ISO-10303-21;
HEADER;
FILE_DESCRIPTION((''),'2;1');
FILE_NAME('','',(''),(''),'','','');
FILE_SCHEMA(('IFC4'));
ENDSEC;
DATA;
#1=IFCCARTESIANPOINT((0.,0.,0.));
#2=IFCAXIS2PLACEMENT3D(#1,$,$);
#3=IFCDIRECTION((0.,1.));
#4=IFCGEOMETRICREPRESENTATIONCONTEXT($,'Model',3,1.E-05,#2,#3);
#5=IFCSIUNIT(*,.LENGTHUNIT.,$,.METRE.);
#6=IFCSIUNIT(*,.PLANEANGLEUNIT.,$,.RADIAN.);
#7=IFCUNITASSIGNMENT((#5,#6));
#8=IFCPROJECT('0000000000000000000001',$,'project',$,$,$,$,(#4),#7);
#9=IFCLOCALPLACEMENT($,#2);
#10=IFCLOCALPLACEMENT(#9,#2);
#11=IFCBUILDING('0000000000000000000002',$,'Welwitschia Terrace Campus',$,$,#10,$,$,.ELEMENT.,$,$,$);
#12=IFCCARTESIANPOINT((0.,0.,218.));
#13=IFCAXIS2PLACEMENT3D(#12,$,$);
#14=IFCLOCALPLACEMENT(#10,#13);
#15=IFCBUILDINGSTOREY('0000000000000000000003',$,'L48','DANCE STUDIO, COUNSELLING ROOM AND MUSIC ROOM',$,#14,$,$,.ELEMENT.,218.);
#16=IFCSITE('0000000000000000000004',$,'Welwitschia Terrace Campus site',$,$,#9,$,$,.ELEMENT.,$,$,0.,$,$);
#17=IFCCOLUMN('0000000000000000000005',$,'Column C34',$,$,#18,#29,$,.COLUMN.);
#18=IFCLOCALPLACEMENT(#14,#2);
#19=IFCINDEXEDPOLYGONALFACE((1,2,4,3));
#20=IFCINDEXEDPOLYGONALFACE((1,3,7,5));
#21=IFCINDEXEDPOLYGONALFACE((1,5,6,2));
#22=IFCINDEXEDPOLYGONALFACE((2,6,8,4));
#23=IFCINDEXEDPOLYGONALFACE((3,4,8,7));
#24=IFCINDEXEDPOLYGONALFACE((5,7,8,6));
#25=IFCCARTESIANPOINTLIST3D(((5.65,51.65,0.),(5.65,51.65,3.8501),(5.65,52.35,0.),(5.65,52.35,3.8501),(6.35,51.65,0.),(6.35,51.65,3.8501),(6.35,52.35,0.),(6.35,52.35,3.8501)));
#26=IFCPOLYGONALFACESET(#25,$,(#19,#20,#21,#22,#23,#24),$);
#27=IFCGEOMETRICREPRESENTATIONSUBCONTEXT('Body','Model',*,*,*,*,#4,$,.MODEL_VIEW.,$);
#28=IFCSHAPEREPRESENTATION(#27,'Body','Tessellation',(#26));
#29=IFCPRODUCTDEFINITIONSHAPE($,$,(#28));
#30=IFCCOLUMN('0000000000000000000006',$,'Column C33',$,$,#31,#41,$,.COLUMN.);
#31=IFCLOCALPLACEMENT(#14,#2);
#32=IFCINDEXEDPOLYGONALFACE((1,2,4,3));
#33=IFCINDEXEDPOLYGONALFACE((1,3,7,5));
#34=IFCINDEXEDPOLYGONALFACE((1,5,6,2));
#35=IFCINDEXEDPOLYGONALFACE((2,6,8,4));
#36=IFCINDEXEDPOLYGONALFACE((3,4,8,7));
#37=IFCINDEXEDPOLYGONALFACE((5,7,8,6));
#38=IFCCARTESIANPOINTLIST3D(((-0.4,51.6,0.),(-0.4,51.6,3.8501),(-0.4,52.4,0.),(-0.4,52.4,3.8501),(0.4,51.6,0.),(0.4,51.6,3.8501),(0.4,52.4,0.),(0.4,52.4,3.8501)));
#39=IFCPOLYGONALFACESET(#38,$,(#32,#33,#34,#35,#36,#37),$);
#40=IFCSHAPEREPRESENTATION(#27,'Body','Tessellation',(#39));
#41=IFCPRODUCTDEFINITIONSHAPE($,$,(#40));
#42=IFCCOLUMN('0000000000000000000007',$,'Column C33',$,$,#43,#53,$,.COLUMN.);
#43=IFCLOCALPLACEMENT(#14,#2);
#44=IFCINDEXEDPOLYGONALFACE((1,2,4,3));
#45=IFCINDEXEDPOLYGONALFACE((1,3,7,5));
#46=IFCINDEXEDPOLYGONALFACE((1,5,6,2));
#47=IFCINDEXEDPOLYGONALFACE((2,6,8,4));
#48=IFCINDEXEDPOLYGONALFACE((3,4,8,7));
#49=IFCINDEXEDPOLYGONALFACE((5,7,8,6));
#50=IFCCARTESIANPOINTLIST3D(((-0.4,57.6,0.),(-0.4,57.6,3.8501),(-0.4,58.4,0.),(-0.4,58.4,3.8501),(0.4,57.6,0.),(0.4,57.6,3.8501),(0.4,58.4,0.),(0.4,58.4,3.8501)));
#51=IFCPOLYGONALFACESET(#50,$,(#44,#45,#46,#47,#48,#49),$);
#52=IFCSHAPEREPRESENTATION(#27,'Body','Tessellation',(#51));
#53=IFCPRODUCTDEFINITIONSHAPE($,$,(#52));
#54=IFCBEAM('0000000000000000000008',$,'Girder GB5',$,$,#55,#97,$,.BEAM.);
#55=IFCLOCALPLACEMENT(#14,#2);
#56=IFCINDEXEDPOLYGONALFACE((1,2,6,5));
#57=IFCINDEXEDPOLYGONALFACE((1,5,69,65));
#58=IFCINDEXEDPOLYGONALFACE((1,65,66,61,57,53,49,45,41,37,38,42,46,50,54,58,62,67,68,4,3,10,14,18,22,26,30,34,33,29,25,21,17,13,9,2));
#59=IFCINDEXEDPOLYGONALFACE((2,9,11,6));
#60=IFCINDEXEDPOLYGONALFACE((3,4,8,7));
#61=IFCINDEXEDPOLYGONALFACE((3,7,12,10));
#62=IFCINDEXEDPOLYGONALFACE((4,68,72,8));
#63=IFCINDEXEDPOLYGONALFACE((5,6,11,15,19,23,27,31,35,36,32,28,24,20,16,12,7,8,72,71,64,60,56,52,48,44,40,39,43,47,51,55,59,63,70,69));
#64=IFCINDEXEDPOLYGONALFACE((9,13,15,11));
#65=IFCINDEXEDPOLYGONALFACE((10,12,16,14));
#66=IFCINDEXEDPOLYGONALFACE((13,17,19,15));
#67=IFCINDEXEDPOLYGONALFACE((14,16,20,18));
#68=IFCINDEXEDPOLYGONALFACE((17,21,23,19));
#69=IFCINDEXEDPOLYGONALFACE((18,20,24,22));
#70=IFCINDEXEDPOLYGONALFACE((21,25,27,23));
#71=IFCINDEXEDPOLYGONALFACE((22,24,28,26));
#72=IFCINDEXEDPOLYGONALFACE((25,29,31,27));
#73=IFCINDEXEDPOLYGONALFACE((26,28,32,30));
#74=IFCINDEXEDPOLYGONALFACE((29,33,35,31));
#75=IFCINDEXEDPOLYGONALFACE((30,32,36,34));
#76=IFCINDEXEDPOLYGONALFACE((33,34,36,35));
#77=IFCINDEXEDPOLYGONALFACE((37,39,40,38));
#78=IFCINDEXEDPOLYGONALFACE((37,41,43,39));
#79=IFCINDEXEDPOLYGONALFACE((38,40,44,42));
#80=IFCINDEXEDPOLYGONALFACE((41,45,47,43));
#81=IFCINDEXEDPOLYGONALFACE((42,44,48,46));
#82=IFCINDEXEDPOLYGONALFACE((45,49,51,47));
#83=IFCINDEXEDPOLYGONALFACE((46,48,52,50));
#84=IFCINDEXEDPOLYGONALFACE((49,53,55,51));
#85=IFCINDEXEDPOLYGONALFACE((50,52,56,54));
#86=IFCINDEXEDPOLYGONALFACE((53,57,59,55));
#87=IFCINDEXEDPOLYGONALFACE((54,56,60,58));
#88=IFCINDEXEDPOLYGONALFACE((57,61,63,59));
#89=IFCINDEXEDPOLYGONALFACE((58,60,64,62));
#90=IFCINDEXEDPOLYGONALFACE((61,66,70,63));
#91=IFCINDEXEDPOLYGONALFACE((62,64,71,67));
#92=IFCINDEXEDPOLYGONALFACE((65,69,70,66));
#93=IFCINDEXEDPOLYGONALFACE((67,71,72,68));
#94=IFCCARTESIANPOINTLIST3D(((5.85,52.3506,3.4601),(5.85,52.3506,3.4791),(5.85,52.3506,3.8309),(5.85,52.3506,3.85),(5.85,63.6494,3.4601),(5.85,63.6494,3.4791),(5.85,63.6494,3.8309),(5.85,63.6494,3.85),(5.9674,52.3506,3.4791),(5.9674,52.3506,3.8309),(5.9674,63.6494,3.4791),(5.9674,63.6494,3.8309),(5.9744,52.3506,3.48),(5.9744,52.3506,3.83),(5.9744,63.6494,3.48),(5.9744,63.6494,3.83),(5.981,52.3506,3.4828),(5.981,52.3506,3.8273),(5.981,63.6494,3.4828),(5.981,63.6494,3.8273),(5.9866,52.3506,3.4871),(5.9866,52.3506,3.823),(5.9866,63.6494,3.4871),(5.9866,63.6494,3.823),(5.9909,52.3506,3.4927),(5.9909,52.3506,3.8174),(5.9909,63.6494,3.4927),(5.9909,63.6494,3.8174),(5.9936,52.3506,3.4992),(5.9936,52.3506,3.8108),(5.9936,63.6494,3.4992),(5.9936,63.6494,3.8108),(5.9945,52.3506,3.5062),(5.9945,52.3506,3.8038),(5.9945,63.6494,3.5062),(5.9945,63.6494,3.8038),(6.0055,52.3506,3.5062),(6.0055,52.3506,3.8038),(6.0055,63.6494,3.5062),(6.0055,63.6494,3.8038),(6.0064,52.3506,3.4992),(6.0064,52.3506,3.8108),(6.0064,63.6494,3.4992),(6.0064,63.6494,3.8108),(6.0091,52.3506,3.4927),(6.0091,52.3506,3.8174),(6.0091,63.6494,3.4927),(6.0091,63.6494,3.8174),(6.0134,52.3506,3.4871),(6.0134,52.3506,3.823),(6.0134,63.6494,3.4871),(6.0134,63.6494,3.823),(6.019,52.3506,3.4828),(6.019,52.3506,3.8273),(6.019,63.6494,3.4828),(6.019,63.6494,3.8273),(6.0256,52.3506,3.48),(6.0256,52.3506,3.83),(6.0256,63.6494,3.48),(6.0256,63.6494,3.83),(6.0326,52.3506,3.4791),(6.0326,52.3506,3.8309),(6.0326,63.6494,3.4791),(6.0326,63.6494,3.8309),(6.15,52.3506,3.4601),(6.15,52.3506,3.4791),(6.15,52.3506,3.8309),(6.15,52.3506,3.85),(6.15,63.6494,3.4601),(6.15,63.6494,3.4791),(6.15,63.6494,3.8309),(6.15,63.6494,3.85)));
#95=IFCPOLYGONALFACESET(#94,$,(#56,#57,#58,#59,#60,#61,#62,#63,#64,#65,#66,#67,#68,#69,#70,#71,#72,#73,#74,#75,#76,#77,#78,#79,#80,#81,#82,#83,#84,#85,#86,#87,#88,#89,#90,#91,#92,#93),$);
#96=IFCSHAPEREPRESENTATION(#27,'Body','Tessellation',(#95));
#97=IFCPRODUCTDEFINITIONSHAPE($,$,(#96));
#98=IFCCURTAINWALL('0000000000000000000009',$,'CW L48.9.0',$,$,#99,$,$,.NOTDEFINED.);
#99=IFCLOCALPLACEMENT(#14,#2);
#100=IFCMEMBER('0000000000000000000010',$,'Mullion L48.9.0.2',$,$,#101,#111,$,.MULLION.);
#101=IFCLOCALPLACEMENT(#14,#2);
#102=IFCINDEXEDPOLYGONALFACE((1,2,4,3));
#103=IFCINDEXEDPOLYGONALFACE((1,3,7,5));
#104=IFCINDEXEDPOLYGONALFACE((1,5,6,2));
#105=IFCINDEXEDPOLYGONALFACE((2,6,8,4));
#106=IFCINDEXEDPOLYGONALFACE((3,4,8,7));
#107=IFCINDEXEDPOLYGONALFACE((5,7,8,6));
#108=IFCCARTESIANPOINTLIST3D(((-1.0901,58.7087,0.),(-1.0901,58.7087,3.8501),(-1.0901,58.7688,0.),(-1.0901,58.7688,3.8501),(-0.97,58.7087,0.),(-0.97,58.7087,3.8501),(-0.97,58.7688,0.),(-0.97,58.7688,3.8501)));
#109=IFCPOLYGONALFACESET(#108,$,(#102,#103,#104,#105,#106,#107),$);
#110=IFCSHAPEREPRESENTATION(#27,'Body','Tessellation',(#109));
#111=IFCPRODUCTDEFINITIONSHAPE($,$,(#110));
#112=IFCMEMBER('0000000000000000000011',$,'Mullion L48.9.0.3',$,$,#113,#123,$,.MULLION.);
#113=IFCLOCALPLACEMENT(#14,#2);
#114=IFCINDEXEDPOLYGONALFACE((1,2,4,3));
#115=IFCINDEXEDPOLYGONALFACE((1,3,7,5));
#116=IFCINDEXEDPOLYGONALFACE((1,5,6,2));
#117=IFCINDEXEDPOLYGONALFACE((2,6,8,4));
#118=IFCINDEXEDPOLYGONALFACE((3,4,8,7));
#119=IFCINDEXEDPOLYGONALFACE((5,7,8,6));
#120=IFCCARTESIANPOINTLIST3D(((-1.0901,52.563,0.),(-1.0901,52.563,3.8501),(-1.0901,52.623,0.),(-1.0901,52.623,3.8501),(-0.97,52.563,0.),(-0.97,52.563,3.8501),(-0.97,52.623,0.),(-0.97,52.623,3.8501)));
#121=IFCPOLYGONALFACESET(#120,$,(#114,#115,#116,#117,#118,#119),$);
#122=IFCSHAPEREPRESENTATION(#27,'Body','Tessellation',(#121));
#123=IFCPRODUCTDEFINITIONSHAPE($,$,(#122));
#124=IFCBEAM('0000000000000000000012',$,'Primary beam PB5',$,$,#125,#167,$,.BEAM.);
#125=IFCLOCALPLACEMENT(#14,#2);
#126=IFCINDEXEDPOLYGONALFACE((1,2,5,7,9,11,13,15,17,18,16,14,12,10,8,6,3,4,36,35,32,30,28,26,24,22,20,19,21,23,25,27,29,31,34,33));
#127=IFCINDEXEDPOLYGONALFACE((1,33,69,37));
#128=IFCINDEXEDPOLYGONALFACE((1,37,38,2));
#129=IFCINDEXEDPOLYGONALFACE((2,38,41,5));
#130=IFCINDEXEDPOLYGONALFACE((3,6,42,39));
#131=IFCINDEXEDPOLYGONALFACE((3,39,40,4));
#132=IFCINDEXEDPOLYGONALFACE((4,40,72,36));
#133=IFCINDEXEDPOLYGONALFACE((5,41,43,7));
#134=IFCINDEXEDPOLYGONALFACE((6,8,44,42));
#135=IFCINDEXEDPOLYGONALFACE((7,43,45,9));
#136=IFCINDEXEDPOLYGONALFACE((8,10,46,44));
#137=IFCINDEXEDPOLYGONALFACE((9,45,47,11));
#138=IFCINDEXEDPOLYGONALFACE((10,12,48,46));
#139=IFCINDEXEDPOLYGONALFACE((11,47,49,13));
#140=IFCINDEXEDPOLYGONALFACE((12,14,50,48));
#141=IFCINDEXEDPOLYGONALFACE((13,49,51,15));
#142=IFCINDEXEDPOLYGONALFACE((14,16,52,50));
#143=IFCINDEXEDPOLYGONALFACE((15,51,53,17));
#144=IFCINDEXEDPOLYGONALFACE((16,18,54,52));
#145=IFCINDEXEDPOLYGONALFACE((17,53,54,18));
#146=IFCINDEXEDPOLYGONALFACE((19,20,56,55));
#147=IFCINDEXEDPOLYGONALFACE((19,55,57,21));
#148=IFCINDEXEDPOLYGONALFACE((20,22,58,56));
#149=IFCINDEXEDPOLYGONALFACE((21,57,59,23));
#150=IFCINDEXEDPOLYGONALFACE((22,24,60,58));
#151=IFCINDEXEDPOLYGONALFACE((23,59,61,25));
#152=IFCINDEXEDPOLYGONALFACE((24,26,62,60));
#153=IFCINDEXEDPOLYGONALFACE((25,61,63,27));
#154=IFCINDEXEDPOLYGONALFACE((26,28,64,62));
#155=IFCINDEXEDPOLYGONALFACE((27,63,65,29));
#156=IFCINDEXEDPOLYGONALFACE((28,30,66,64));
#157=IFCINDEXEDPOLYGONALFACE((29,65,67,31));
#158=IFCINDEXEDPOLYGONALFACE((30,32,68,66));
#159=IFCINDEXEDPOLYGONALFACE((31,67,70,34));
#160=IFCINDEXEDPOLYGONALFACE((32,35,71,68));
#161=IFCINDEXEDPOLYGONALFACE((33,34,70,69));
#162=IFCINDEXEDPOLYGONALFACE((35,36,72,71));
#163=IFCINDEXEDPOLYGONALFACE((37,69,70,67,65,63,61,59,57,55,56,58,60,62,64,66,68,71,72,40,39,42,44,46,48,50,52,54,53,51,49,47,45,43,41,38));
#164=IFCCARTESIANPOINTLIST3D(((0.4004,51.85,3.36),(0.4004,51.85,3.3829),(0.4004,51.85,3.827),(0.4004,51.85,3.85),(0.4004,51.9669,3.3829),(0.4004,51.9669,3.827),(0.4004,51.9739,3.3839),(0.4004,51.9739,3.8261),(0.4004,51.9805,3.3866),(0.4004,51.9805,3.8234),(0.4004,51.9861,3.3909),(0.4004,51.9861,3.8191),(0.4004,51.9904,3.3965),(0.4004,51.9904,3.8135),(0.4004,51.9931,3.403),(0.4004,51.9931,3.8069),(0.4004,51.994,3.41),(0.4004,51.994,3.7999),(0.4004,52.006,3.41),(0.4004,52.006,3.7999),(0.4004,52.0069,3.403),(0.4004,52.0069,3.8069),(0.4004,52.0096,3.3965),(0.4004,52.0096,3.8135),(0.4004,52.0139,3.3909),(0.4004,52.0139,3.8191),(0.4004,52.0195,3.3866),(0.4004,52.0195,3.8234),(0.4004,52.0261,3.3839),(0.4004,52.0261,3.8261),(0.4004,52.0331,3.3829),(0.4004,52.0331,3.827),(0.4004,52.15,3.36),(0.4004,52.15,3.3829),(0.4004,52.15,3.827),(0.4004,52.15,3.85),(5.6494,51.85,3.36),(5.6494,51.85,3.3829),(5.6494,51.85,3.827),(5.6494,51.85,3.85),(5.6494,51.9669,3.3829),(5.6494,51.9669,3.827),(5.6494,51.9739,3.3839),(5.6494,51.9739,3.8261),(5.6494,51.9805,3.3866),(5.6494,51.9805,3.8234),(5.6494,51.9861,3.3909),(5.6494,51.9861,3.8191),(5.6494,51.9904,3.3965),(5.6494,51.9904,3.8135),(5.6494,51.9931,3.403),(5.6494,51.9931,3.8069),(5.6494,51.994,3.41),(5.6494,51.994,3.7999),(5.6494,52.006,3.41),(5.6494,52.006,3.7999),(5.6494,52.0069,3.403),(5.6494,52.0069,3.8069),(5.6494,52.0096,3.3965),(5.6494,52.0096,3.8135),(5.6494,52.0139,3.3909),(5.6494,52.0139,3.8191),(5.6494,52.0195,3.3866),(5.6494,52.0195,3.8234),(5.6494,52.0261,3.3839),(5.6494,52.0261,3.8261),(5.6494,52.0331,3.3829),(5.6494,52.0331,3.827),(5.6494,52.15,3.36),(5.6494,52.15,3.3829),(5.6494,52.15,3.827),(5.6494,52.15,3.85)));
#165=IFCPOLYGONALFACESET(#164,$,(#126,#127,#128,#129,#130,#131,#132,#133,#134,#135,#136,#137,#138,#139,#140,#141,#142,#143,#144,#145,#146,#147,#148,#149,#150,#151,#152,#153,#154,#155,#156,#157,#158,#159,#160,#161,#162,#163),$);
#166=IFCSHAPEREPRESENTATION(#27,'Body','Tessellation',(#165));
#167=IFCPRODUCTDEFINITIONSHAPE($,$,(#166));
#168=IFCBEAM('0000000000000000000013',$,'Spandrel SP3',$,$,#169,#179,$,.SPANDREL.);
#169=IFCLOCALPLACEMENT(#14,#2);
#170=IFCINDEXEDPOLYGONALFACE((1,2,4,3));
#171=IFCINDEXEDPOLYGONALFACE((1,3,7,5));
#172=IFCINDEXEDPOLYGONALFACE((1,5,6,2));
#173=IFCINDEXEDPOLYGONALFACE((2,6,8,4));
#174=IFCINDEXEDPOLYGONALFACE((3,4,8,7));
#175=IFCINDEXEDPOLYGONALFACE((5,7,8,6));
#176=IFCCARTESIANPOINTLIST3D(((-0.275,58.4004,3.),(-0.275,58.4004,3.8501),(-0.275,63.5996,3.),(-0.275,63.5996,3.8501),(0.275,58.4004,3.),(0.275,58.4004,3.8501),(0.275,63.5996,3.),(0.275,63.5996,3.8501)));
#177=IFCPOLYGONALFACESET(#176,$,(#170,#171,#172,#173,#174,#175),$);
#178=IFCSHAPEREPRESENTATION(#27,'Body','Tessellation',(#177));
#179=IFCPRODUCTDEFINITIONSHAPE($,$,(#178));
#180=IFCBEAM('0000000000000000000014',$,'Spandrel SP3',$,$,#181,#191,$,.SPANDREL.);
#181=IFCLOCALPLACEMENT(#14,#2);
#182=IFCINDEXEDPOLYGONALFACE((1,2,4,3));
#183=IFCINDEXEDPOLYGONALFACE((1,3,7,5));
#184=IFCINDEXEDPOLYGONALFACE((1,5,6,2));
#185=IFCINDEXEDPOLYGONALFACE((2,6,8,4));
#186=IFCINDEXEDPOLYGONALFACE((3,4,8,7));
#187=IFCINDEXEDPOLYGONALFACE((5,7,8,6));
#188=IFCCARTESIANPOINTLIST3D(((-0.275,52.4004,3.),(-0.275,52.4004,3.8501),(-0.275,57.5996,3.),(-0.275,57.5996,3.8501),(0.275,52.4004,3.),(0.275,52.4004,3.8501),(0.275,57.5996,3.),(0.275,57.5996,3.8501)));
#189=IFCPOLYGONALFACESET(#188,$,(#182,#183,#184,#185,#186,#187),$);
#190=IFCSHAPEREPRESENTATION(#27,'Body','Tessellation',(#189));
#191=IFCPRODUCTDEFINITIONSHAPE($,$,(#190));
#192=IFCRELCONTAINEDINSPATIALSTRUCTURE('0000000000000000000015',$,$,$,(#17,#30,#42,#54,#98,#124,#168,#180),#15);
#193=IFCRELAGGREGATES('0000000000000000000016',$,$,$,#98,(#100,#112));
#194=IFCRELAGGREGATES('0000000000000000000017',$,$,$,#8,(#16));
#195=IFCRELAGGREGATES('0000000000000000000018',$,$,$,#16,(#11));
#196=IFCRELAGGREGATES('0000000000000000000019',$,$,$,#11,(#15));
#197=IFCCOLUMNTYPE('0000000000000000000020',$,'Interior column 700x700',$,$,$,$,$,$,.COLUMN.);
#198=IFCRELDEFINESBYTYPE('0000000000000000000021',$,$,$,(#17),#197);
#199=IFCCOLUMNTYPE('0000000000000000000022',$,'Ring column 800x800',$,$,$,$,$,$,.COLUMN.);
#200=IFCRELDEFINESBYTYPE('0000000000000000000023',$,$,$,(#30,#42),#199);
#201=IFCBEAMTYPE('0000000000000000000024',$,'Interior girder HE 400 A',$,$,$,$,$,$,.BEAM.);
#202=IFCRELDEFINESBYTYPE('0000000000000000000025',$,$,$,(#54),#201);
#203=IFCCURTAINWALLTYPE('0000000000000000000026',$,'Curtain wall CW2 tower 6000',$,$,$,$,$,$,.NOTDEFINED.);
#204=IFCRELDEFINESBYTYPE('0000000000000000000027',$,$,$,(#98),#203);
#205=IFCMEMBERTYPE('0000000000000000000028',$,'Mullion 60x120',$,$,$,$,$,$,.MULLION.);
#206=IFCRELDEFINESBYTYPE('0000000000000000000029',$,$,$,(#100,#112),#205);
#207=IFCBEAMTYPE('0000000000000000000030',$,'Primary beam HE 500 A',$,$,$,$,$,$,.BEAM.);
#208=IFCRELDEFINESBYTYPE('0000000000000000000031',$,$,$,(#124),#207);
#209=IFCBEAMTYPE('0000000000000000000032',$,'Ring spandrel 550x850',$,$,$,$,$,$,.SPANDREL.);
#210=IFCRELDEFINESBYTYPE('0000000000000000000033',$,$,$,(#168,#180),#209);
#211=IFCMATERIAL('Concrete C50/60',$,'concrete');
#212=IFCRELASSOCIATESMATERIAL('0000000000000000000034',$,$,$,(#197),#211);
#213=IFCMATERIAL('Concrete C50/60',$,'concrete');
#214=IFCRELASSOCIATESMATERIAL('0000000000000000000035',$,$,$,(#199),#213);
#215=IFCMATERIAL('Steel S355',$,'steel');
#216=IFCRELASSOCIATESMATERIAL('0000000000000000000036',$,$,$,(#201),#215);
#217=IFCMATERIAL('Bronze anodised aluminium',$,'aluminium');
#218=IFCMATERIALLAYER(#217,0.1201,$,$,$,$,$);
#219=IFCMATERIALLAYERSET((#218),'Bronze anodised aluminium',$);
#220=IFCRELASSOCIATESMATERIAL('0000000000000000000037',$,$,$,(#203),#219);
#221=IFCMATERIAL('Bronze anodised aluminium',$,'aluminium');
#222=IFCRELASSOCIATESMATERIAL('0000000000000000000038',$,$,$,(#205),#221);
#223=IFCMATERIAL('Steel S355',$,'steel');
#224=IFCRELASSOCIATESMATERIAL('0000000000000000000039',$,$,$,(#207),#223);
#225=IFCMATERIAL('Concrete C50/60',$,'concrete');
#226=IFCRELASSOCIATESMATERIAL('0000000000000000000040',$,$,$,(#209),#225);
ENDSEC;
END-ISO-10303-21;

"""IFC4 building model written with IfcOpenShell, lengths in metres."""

from ifc_helpers import new_model, si_unit, direction, frame, origin, origin_2d, place, context, subcontext, project, spatial, rectangle, i_section, extrude, material, layer, layer_set, material_profile, profile_set, type_object, element, aggregate, save


model = new_model("IFC4")

# Units and contexts
model_context = context("Model", 3, precision=1e-05, world=origin(), true_north=direction((0.0, 1.0)))
body_context = subcontext(model_context, "Body", "Model", "MODEL_VIEW")
ifc_project = project(units=[si_unit("LENGTHUNIT", "METRE"), si_unit("PLANEANGLEUNIT", "RADIAN")], contexts=[model_context])

# Site, building, storey
site_placement = place(None, origin())
site = spatial("IfcSite", under=ifc_project, at=site_placement, Name="Welwitschia Terrace Campus site", CompositionType="ELEMENT", RefElevation=0.0)
building_placement = place(site_placement, origin())
building = spatial("IfcBuilding", under=site, at=building_placement, Name="Welwitschia Terrace Campus", CompositionType="ELEMENT")
storey_placement = place(building_placement, frame((0.0, 0.0, 218.0)))
storey = spatial("IfcBuildingStorey", under=building, at=storey_placement, Name="L48", Description="DANCE STUDIO, COUNSELLING ROOM AND MUSIC ROOM", CompositionType="ELEMENT", Elevation=218.0)

# Columns
ifc_material_1 = material(Name="Concrete C50/60", Category="concrete")
ifc_material_profile_1 = material_profile(ifc_material_1, rectangle(XDim=0.7, YDim=0.7, at=origin_2d()))
ifc_profile_set_1 = profile_set([ifc_material_profile_1], Name="Concrete C50/60")
column_type_1 = type_object("IfcColumnType", Name="Interior column 700x700", PredefinedType="COLUMN", material=ifc_profile_set_1)
column_placement = place(storey_placement, frame((6.0, 52.0, 0.0), z_axis=(0.0, 0.0, 1.0), x_axis=(1.0, 0.0, 0.0)))
element("IfcColumn", 1, at=column_placement, inside=storey, type_object=column_type_1, Name="Column C34", PredefinedType="COLUMN", context=body_context, shape_type="SweptSolid", body=[
    extrude(rectangle(XDim=0.7, YDim=0.7, at=origin_2d()), origin(), (0.0, 0.0, 1.0), 3.8501),
])
ifc_material_2 = material(Name="Concrete C50/60", Category="concrete")
ifc_material_profile_2 = material_profile(ifc_material_2, rectangle(XDim=0.8, YDim=0.8, at=origin_2d()))
ifc_profile_set_2 = profile_set([ifc_material_profile_2], Name="Concrete C50/60")
column_type_2 = type_object("IfcColumnType", Name="Ring column 800x800", PredefinedType="COLUMN", material=ifc_profile_set_2)
for number, where, z_axis, x_axis, name in (
    (2, (0.0, 52.0, 0.0), (0.0, 0.0, 1.0), (1.0, 0.0, 0.0), "Column C33"),
    (3, (0.0, 58.0, 0.0), (0.0, 0.0, 1.0), (1.0, 0.0, 0.0), "Column C33"),
):
    element("IfcColumn", number, at=place(storey_placement, frame(where, z_axis=z_axis, x_axis=x_axis)), inside=storey, type_object=column_type_2, Name=name, PredefinedType="COLUMN", context=body_context, shape_type="SweptSolid", body=[
        extrude(rectangle(XDim=0.8, YDim=0.8, at=origin_2d()), origin(), (0.0, 0.0, 1.0), 3.8501),
    ])

# Beam
ifc_material_3 = material(Name="Steel S355", Category="steel")
ifc_material_profile_3 = material_profile(ifc_material_3, i_section(OverallWidth=0.3, OverallDepth=0.3899, WebThickness=0.011, FlangeThickness=0.019, FilletRadius=0.0271, at=origin_2d()))
ifc_profile_set_3 = profile_set([ifc_material_profile_3], Name="Steel S355")
beam_type_1 = type_object("IfcBeamType", Name="Interior girder HE 400 A", PredefinedType="BEAM", material=ifc_profile_set_3)
beam_1_placement = place(storey_placement, frame((6.0, 52.3506, 3.655), z_axis=(0.0, 1.0, 0.0), x_axis=(-1.0, 0.0, 0.0)))
element("IfcBeam", 4, at=beam_1_placement, inside=storey, type_object=beam_type_1, Name="Girder GB5", PredefinedType="BEAM", context=body_context, shape_type="SweptSolid", body=[
    extrude(i_section(OverallWidth=0.3, OverallDepth=0.3899, WebThickness=0.011, FlangeThickness=0.019, FilletRadius=0.0271, at=origin_2d()), origin(), (0.0, 0.0, 1.0), 11.2988),
])

# Curtain wall, members
ifc_material_4 = material(Name="Bronze anodised aluminium", Category="aluminium")
ifc_layer_1 = layer(ifc_material_4, 0.1201)
ifc_layer_set_1 = layer_set([ifc_layer_1], Name="Bronze anodised aluminium")
curtain_wall_type = type_object("IfcCurtainWallType", Name="Curtain wall CW2 tower 6000", PredefinedType="NOTDEFINED", material=ifc_layer_set_1)
curtain_wall_placement = place(storey_placement, origin())
curtain_wall = element("IfcCurtainWall", 5, at=curtain_wall_placement, inside=storey, type_object=curtain_wall_type, Name="CW L48.9.0", PredefinedType="NOTDEFINED")
ifc_material_5 = material(Name="Bronze anodised aluminium", Category="aluminium")
ifc_material_profile_4 = material_profile(ifc_material_5, rectangle(XDim=0.1201, YDim=0.0601, at=origin_2d()))
ifc_profile_set_4 = profile_set([ifc_material_profile_4], Name="Bronze anodised aluminium")
member_type = type_object("IfcMemberType", Name="Mullion 60x120", PredefinedType="MULLION", material=ifc_profile_set_4)
member_1_placement = place(storey_placement, frame((-1.03, 58.7388, 0.0), z_axis=(0.0, 0.0, 1.0), x_axis=(1.0, 0.0, 0.0)))
member_1 = element("IfcMember", 6, at=member_1_placement, type_object=member_type, Name="Mullion L48.9.0.2", PredefinedType="MULLION", context=body_context, shape_type="SweptSolid", body=[
    extrude(rectangle(XDim=0.1201, YDim=0.0601, at=origin_2d()), origin(), (0.0, 0.0, 1.0), 3.8501),
])
member_2_placement = place(storey_placement, frame((-1.03, 52.593, 0.0), z_axis=(0.0, 0.0, 1.0), x_axis=(1.0, 0.0, 0.0)))
member_2 = element("IfcMember", 7, at=member_2_placement, type_object=member_type, Name="Mullion L48.9.0.3", PredefinedType="MULLION", context=body_context, shape_type="SweptSolid", body=[
    extrude(rectangle(XDim=0.1201, YDim=0.0601, at=origin_2d()), origin(), (0.0, 0.0, 1.0), 3.8501),
])

# Beams
ifc_material_6 = material(Name="Steel S355", Category="steel")
ifc_material_profile_5 = material_profile(ifc_material_6, i_section(OverallWidth=0.3, OverallDepth=0.49, WebThickness=0.012, FlangeThickness=0.0229, FilletRadius=0.0271, at=origin_2d()))
ifc_profile_set_5 = profile_set([ifc_material_profile_5], Name="Steel S355")
beam_type_2 = type_object("IfcBeamType", Name="Primary beam HE 500 A", PredefinedType="BEAM", material=ifc_profile_set_5)
beam_2_placement = place(storey_placement, frame((0.4004, 52.0, 3.605), z_axis=(1.0, 0.0, 0.0), x_axis=(0.0, 1.0, 0.0)))
element("IfcBeam", 8, at=beam_2_placement, inside=storey, type_object=beam_type_2, Name="Primary beam PB5", PredefinedType="BEAM", context=body_context, shape_type="SweptSolid", body=[
    extrude(i_section(OverallWidth=0.3, OverallDepth=0.49, WebThickness=0.012, FlangeThickness=0.0229, FilletRadius=0.0271, at=origin_2d()), origin(), (0.0, 0.0, 1.0), 5.249),
])
ifc_material_7 = material(Name="Concrete C50/60", Category="concrete")
ifc_material_profile_6 = material_profile(ifc_material_7, rectangle(XDim=0.55, YDim=0.8501, at=origin_2d()))
ifc_profile_set_6 = profile_set([ifc_material_profile_6], Name="Concrete C50/60")
beam_type_3 = type_object("IfcBeamType", Name="Ring spandrel 550x850", PredefinedType="SPANDREL", material=ifc_profile_set_6)
for number, where, z_axis, x_axis, name in (
    (9, (0.0, 63.5996, 3.425), (0.0, -1.0, 0.0), (1.0, 0.0, 0.0), "Spandrel SP3"),
    (10, (0.0, 57.5996, 3.425), (0.0, -1.0, 0.0), (1.0, 0.0, 0.0), "Spandrel SP3"),
):
    element("IfcBeam", number, at=place(storey_placement, frame(where, z_axis=z_axis, x_axis=x_axis)), inside=storey, type_object=beam_type_3, Name=name, PredefinedType="SPANDREL", context=body_context, shape_type="SweptSolid", body=[
        extrude(rectangle(XDim=0.55, YDim=0.8501, at=origin_2d()), origin(), (0.0, 0.0, 1.0), 5.1992),
    ])

aggregate(curtain_wall, [member_1, member_2])

save(model, "model.ifc")
